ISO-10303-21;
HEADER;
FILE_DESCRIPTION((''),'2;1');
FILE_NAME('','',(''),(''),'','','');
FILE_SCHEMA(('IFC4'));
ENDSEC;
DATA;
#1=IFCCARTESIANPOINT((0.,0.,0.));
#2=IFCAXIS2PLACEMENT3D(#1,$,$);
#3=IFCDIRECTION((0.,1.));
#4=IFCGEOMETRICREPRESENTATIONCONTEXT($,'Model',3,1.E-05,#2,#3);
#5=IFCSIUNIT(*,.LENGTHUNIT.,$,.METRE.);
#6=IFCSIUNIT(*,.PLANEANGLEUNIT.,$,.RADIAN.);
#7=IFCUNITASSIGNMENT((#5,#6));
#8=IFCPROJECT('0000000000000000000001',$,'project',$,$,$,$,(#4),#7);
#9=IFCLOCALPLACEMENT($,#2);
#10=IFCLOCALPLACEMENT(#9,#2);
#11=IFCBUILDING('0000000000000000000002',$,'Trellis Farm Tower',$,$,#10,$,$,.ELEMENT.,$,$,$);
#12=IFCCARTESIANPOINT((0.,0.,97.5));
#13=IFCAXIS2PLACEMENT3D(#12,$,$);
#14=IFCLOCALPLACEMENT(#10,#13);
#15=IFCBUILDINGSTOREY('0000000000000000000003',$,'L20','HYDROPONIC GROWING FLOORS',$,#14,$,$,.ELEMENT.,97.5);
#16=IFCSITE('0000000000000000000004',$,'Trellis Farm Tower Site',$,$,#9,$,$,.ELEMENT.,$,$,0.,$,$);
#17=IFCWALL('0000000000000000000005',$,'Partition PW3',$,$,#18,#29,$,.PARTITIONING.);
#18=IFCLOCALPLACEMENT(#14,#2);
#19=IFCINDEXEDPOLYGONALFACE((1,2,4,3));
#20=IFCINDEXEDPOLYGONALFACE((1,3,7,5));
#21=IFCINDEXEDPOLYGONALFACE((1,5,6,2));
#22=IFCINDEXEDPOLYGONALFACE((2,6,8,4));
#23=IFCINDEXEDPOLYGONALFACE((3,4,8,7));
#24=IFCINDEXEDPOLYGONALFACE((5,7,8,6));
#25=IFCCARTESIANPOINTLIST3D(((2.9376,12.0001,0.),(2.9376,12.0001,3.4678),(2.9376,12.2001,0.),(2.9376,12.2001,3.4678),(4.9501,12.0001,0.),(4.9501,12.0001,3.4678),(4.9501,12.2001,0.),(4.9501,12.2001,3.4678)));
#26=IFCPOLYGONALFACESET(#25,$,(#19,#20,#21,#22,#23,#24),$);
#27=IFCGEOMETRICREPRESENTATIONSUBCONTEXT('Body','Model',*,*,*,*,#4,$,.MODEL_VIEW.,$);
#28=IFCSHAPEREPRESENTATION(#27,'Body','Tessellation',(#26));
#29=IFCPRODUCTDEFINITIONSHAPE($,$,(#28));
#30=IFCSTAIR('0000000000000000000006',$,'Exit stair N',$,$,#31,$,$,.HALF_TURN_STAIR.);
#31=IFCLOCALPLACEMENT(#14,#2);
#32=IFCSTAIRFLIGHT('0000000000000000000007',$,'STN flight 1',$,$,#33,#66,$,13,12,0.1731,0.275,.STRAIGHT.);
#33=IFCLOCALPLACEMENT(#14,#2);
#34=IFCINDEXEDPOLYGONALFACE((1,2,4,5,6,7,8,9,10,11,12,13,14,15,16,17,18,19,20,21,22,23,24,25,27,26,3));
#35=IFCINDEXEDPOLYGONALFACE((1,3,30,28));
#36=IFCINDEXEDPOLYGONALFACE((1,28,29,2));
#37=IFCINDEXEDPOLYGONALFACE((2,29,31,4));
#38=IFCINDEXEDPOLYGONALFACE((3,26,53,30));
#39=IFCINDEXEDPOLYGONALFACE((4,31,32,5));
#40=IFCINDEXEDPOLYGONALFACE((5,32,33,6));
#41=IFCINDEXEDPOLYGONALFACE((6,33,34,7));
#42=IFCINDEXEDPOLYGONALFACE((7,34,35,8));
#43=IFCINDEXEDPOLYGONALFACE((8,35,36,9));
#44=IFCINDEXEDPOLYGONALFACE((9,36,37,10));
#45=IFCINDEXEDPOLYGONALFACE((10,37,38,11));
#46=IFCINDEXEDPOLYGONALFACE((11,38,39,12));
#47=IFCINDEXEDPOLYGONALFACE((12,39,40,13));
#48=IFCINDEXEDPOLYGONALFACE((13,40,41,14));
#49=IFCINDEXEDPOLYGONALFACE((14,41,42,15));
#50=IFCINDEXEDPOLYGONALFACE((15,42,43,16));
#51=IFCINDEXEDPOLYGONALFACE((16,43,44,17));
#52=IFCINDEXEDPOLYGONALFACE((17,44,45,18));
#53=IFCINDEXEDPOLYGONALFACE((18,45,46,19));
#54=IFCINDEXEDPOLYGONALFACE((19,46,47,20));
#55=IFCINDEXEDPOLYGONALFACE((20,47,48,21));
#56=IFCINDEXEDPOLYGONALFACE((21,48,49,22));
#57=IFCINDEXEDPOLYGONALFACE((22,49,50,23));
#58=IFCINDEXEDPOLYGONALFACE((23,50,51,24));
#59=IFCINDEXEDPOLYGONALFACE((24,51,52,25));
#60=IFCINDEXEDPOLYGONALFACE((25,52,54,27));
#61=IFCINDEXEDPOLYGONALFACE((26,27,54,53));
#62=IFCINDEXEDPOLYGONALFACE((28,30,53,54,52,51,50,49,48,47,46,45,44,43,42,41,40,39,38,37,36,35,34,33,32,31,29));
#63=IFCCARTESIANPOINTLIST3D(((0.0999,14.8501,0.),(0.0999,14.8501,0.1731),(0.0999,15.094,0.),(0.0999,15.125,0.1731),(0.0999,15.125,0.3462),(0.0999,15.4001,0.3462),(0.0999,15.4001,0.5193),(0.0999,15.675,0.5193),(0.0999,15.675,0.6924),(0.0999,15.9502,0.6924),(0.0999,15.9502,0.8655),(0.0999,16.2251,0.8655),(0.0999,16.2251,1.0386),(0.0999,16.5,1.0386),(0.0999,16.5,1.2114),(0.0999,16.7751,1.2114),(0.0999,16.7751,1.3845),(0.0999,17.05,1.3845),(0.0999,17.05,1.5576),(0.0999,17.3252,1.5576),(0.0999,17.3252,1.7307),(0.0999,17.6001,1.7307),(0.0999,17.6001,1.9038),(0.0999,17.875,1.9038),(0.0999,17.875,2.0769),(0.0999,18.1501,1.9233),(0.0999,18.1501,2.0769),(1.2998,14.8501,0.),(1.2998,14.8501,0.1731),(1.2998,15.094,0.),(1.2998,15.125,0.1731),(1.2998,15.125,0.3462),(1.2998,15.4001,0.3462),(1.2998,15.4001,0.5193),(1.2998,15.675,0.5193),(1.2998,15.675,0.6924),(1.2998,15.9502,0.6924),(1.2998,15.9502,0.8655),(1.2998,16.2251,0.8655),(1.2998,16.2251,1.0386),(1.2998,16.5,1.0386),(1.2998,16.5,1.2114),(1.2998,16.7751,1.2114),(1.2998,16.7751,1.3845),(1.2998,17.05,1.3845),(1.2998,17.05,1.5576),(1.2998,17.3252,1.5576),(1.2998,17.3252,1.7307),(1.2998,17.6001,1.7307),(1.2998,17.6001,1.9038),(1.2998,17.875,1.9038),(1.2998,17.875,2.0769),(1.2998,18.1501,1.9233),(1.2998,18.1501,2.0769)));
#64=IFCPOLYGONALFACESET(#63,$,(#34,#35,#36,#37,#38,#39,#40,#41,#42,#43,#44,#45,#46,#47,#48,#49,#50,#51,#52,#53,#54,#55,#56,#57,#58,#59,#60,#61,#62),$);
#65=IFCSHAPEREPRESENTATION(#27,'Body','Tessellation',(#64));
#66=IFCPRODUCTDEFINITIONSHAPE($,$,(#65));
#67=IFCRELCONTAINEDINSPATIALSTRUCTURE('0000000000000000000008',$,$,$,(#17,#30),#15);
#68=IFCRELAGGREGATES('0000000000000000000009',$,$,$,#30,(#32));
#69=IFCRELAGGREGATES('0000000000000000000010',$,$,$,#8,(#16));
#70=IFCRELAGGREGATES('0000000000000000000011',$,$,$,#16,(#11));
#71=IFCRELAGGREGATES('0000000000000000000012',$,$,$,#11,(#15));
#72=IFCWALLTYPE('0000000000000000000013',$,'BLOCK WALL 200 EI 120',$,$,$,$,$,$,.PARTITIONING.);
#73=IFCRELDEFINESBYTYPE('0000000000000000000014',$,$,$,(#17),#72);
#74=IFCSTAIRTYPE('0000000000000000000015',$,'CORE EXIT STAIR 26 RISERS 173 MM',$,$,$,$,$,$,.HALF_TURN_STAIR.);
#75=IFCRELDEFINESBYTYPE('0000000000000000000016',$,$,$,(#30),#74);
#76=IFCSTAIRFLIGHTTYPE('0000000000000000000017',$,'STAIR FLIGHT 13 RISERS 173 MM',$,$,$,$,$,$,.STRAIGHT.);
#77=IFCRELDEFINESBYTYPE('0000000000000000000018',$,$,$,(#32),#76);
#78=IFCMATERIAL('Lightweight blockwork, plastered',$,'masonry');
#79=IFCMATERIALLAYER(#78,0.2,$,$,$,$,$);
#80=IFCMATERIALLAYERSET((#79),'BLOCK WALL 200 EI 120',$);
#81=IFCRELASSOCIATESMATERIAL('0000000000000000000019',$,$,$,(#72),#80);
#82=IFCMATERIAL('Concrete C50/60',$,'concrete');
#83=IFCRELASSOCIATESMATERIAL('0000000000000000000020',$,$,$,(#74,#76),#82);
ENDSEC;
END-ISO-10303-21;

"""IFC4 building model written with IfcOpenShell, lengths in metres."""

from ifc_helpers import new_model, si_unit, direction, frame, frame_2d, origin, place, context, subcontext, project, spatial, polyline, rectangle, outline, extrude, source, transform, mapped, material, layer, layer_set, type_object, element, aggregate, save


model = new_model("IFC4")

# Units and contexts
model_context = context("Model", 3, precision=1e-05, world=origin(), true_north=direction((0.0, 1.0)))
body_context = subcontext(model_context, "Body", "Model", "MODEL_VIEW")
ifc_project = project(units=[si_unit("LENGTHUNIT", "METRE"), si_unit("PLANEANGLEUNIT", "RADIAN")], contexts=[model_context])

# Site, building, storey
site_placement = place(None, origin())
site = spatial("IfcSite", under=ifc_project, at=site_placement, Name="Trellis Farm Tower Site", CompositionType="ELEMENT", RefElevation=0.0)
building_placement = place(site_placement, origin())
building = spatial("IfcBuilding", under=site, at=building_placement, Name="Trellis Farm Tower", CompositionType="ELEMENT")
storey_placement = place(building_placement, frame((0.0, 0.0, 97.5)))
storey = spatial("IfcBuildingStorey", under=building, at=storey_placement, Name="L20", Description="HYDROPONIC GROWING FLOORS", CompositionType="ELEMENT", Elevation=97.5)

# Shared definitions
placement = place(storey_placement, origin())

# Wall
ifc_material_1 = material(Name="Lightweight blockwork, plastered", Category="masonry")
ifc_layer_1 = layer(ifc_material_1, 0.2)
ifc_layer_set_1 = layer_set([ifc_layer_1], Name="BLOCK WALL 200 EI 120")
wall_type_1 = type_object("IfcWallType", Name="BLOCK WALL 200 EI 120", PredefinedType="PARTITIONING", material=ifc_layer_set_1)
shared_shape_1 = source(origin(), body_context, "Body", "SweptSolid", [
    extrude(rectangle(XDim=2.0125, YDim=0.2, at=frame_2d((1.0063, 0.0))), origin(), (0.0, 0.0, 1.0), 3.4678),
])
wall_1_placement = place(storey_placement, frame((2.9375, 12.1001, 0.0), z_axis=(0.0, 0.0, 1.0), x_axis=(1.0, 0.0, 0.0)))
element("IfcWall", 1, at=wall_1_placement, inside=storey, type_object=wall_type_1, Name="Partition PW3", PredefinedType="PARTITIONING", context=body_context, shape_type="MappedRepresentation", body=[
    mapped(shared_shape_1, transform((0.0, 0.0, 0.0))),
])

# Stair, stair flight
ifc_material_2 = material(Name="Concrete C50/60", Category="concrete")
stair_type = type_object("IfcStairType", Name="CORE EXIT STAIR 26 RISERS 173 MM", PredefinedType="HALF_TURN_STAIR", material=ifc_material_2)
stair = element("IfcStair", 2, at=placement, inside=storey, type_object=stair_type, Name="Exit stair N", PredefinedType="HALF_TURN_STAIR")
stair_flight_type = type_object("IfcStairFlightType", Name="STAIR FLIGHT 13 RISERS 173 MM", PredefinedType="STRAIGHT", material=ifc_material_2)
shared_shape_2 = source(origin(), body_context, "Body", "SweptSolid", [
    extrude(outline(polyline([(0.0, 0.0), (0.0, 0.1731), (0.2749, 0.1731), (0.2749, 0.3462), (0.55, 0.3462), (0.55, 0.5193), (0.825, 0.5193), (0.825, 0.6924), (1.1001, 0.6924), (1.1001, 0.8655), (1.375, 0.8655), (1.375, 1.0386), (1.6499, 1.0386), (1.6499, 1.2114), (1.925, 1.2114), (1.925, 1.3845), (2.2, 1.3845), (2.2, 1.5576), (2.4751, 1.5576), (2.4751, 1.7307), (2.75, 1.7307), (2.75, 1.9038), (3.0249, 1.9038), (3.0249, 2.0769), (3.3, 2.0769), (3.3, 2.25), (3.3, 1.9233), (0.2439, 0.0), (0.0, 0.0)])), frame((0.0, 0.6001, 0.0), z_axis=(0.0, -1.0, 0.0), x_axis=(1.0, 0.0, 0.0)), (0.0, 0.0, 1.0), 1.2),
])
stair_flight_placement = place(storey_placement, frame((0.7, 14.8501, 0.0), z_axis=(0.0, 0.0, 1.0), x_axis=(0.0, 1.0, 0.0)))
stair_flight = element("IfcStairFlight", 3, at=stair_flight_placement, type_object=stair_flight_type, Name="STN flight 1", NumberOfRisers=13, NumberOfTreads=12, PredefinedType="STRAIGHT", RiserHeight=0.1731, TreadLength=0.275, context=body_context, shape_type="MappedRepresentation", body=[
    mapped(shared_shape_2, transform((0.0, 0.0, 0.0))),
])
aggregate(stair, [stair_flight])

save(model, "model.ifc")
